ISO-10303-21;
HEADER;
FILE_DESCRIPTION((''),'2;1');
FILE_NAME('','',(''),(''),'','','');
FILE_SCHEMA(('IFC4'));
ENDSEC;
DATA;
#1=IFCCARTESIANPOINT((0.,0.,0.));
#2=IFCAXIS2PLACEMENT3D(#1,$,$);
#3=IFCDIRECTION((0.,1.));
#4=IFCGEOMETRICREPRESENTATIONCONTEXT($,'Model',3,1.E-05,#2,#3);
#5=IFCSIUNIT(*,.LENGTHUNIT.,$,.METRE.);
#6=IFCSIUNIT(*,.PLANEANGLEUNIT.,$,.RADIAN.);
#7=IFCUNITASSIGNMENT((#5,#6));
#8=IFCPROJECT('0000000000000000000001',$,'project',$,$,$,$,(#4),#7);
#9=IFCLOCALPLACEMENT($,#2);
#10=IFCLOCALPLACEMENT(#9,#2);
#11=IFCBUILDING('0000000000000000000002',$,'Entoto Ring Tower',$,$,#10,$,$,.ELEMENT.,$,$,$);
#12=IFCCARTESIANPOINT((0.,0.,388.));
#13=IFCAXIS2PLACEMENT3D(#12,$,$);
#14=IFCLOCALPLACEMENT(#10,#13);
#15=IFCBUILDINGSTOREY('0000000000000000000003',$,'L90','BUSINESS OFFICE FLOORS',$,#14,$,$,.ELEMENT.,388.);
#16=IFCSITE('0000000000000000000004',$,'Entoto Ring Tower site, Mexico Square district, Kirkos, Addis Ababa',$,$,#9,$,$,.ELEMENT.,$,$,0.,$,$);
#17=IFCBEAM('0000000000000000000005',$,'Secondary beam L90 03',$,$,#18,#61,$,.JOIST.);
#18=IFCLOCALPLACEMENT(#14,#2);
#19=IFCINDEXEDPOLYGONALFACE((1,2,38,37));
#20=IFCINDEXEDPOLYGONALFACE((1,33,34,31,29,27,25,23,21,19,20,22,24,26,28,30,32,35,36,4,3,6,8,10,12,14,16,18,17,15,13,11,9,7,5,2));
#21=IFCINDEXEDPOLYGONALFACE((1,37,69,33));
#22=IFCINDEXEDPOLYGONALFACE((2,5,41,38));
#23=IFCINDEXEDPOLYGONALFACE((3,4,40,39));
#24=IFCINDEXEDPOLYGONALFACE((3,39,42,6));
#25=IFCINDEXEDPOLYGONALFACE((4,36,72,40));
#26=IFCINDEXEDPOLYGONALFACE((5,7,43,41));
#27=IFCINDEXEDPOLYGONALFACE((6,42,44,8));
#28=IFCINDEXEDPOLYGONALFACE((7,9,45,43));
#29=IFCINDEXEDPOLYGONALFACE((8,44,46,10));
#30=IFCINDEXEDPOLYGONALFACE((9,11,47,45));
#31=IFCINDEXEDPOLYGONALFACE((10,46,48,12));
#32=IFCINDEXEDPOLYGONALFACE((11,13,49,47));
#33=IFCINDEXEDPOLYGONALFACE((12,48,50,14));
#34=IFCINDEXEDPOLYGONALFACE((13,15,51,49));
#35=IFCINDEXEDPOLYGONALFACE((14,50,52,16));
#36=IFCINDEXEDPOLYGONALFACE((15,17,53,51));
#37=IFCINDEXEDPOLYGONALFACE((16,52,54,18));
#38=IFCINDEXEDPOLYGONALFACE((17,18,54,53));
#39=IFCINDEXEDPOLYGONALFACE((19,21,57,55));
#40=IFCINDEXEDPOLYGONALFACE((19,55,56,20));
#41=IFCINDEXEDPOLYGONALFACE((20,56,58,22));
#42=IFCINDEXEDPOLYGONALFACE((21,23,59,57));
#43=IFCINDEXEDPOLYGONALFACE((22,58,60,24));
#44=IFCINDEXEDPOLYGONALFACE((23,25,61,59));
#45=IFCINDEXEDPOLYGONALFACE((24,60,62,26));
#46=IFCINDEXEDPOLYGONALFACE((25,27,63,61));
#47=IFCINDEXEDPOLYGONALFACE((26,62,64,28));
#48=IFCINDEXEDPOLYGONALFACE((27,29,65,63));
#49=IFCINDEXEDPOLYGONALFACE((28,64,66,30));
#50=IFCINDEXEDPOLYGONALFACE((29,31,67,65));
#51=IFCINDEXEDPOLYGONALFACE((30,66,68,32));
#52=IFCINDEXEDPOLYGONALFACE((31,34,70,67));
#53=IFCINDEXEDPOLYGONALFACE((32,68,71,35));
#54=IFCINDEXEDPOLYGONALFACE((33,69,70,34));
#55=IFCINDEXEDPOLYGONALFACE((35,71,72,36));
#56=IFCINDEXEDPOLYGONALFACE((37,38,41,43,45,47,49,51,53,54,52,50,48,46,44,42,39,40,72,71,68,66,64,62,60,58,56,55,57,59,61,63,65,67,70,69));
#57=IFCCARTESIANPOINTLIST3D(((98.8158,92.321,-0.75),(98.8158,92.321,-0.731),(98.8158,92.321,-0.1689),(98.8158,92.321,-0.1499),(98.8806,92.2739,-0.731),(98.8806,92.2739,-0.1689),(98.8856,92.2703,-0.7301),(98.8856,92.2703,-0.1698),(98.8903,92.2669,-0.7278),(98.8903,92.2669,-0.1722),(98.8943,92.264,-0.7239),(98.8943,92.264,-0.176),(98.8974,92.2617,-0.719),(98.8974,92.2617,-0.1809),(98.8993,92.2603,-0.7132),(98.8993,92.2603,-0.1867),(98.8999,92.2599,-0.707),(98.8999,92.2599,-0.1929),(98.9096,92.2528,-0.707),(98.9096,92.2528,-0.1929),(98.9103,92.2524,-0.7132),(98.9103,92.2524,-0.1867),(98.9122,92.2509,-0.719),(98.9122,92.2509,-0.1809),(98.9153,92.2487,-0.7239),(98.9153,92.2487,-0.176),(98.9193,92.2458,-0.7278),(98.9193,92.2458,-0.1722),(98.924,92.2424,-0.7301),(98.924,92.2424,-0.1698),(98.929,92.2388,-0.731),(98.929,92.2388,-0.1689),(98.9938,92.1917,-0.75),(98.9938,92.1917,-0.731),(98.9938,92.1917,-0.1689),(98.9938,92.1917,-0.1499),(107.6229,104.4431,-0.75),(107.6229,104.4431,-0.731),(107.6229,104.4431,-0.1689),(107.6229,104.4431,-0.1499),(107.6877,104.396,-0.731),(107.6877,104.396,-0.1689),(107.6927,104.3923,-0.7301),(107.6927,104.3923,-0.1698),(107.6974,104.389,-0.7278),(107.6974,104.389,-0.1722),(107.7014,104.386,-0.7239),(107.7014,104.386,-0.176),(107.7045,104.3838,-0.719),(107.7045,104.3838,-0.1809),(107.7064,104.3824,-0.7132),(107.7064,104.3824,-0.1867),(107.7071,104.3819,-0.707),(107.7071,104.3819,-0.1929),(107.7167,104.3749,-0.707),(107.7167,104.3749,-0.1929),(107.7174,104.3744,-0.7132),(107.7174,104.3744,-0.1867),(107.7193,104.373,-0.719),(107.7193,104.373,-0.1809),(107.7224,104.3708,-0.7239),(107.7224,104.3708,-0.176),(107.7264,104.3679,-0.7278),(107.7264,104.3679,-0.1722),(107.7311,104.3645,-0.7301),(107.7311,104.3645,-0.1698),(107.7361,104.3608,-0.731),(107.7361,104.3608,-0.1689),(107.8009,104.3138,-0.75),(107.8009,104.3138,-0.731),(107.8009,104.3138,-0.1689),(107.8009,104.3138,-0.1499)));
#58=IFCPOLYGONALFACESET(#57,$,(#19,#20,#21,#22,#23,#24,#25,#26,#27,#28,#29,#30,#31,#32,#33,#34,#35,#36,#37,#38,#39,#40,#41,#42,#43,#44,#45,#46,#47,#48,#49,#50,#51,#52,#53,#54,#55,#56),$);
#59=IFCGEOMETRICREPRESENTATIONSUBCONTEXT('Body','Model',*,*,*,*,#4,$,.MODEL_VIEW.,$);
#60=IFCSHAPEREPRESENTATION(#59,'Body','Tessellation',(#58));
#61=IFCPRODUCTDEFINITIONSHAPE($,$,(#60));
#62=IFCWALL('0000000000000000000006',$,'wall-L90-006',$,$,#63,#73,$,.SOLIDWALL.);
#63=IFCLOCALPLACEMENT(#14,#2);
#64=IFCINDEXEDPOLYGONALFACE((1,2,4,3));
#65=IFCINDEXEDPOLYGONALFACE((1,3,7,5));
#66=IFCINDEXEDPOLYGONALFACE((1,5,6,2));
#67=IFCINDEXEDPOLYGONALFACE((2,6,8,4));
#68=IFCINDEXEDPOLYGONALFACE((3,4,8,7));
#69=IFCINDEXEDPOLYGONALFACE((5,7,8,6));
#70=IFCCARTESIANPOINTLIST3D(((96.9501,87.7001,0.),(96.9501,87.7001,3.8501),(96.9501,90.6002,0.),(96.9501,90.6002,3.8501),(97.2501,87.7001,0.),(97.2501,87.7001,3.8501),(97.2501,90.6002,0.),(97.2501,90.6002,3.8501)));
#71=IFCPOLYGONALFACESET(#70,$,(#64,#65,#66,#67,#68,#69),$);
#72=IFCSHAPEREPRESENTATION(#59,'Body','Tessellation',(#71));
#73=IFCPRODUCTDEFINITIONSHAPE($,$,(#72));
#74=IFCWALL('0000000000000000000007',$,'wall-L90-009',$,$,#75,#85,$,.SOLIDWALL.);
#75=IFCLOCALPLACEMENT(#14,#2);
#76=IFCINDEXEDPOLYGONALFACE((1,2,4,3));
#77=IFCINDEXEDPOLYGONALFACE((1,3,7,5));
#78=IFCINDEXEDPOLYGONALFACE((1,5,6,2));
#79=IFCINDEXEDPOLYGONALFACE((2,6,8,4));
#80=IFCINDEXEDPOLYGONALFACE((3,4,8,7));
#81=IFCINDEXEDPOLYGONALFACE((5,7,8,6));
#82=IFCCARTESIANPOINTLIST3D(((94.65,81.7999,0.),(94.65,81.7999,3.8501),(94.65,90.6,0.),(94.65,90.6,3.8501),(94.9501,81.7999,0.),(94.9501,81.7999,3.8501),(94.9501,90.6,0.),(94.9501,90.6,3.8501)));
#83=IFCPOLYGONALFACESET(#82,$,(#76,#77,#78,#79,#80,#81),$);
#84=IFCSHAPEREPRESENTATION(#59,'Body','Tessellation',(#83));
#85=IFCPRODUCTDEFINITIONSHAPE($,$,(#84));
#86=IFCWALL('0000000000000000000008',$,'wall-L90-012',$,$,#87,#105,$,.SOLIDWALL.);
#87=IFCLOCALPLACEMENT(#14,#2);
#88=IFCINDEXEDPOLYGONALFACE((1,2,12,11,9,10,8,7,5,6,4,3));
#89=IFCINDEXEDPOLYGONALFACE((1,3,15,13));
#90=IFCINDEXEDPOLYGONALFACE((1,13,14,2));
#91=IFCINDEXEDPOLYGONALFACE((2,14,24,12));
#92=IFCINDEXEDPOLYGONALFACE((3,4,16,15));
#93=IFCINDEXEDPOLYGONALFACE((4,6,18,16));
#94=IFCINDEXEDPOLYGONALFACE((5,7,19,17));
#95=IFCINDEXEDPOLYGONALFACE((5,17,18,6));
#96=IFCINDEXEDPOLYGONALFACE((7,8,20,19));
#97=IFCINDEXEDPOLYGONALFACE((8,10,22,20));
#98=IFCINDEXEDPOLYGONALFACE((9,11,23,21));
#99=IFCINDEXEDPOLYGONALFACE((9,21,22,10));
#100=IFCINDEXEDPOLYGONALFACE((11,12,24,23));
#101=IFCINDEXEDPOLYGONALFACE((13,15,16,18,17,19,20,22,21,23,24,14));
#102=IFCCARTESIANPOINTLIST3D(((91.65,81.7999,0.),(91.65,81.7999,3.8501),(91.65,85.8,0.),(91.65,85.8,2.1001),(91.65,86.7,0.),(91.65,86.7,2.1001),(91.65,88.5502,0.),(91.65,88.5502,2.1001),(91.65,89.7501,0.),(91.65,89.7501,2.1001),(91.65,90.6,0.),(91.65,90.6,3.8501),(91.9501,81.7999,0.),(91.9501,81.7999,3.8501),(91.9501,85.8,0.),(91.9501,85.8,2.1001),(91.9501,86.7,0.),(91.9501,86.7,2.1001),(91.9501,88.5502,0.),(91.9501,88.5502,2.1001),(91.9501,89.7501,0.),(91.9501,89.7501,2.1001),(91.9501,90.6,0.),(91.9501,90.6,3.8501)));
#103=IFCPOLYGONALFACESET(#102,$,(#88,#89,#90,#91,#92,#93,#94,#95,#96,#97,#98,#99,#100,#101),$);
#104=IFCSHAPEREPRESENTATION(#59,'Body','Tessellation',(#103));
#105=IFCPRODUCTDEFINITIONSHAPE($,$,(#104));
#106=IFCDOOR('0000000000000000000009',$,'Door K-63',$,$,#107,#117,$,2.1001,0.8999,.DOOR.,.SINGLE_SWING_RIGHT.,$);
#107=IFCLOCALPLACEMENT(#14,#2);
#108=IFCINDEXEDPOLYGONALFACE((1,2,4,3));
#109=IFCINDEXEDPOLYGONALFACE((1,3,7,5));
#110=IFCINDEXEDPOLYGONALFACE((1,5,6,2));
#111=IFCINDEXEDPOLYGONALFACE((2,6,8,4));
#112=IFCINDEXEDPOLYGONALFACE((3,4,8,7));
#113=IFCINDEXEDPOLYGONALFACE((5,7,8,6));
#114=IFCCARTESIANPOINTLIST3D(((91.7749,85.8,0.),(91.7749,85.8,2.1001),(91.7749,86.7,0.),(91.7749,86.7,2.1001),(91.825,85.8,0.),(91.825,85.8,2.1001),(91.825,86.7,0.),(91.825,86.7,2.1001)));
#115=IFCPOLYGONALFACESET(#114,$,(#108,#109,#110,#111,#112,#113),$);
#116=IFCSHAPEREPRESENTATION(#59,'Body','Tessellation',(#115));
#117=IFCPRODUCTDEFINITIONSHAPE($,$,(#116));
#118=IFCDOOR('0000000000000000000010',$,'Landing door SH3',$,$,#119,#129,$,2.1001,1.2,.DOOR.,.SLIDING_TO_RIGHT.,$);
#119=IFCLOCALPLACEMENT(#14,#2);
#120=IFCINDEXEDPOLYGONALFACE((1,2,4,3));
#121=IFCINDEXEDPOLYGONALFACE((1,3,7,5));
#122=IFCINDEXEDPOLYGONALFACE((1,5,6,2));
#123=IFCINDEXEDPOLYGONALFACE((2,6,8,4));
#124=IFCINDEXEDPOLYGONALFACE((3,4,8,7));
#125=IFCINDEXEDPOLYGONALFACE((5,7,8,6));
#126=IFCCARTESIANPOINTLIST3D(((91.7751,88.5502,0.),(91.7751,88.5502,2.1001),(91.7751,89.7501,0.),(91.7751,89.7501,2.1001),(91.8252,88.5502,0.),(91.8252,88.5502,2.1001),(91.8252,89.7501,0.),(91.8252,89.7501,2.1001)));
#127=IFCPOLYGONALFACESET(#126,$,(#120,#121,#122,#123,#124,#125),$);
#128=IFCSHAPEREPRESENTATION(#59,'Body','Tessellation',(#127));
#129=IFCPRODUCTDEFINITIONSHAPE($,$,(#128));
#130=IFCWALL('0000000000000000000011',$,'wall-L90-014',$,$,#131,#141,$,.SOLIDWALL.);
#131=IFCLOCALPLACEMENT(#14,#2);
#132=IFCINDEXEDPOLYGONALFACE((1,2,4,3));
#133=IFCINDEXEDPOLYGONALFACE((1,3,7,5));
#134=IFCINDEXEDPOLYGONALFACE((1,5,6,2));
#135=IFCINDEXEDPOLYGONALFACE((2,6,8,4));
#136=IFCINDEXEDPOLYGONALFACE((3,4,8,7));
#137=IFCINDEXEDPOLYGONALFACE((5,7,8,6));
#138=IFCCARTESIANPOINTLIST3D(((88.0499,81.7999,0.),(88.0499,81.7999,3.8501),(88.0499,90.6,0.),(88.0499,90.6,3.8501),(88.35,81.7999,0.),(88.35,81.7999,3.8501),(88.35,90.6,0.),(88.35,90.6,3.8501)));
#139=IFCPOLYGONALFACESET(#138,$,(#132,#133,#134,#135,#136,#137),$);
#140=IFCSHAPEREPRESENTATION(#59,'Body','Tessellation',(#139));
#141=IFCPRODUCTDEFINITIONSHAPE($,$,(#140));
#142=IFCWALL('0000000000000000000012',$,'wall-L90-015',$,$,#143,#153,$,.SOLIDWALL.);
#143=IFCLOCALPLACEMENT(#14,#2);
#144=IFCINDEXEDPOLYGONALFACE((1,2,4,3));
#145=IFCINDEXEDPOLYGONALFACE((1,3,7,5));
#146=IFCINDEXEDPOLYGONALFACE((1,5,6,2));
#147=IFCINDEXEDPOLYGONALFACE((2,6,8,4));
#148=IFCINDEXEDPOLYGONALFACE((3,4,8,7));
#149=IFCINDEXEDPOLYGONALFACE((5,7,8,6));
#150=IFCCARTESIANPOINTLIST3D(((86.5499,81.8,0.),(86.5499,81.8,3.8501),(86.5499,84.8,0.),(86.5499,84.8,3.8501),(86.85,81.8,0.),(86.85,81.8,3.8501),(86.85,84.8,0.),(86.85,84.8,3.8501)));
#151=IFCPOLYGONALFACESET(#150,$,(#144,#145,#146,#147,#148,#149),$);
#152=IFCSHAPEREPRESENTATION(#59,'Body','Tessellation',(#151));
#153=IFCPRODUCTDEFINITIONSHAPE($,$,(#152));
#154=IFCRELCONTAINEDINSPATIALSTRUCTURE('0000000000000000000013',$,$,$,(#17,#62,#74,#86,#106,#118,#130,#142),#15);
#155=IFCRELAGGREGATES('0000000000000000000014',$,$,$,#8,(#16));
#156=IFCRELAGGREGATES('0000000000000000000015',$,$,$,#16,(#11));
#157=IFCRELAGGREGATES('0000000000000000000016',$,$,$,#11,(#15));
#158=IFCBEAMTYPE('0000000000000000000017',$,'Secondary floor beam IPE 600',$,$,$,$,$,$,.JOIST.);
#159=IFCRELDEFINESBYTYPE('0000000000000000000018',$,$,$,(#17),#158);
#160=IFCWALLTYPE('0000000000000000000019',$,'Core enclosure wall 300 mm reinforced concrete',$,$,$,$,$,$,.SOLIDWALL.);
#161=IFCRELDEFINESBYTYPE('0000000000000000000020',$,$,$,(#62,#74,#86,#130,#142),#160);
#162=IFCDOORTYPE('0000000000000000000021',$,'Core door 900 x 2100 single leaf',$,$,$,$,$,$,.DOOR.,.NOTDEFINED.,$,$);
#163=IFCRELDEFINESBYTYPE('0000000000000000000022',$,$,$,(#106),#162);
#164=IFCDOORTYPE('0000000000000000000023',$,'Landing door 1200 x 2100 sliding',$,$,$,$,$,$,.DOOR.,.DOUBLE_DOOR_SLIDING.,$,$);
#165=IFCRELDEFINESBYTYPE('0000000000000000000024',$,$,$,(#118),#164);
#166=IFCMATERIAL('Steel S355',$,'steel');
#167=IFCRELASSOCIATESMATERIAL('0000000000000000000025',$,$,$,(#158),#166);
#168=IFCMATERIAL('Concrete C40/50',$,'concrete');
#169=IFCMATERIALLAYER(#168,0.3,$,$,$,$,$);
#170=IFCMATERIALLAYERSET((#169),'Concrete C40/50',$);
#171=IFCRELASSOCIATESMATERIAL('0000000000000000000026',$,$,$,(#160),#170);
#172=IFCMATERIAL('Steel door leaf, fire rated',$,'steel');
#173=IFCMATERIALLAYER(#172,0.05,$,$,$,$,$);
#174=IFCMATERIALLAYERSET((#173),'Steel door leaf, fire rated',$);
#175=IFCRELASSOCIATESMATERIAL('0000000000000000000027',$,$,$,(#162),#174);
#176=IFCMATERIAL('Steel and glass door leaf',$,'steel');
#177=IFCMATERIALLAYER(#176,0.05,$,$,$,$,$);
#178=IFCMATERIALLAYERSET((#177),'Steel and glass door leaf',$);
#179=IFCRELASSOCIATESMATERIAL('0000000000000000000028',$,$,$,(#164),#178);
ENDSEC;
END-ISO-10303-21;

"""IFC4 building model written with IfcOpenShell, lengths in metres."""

from ifc_helpers import new_model, si_unit, direction, frame, frame_2d, origin, origin_2d, place, context, subcontext, project, spatial, rectangle, i_section, extrude, material, layer, layer_set, material_profile, profile_set, type_object, element, fill, save


model = new_model("IFC4")

# Units and contexts
model_context = context("Model", 3, precision=1e-05, world=origin(), true_north=direction((0.0, 1.0)))
body_context = subcontext(model_context, "Body", "Model", "MODEL_VIEW")
ifc_project = project(units=[si_unit("LENGTHUNIT", "METRE"), si_unit("PLANEANGLEUNIT", "RADIAN")], contexts=[model_context])

# Site, building, storey
site_placement = place(None, origin())
site = spatial("IfcSite", under=ifc_project, at=site_placement, Name="Entoto Ring Tower site, Mexico Square district, Kirkos, Addis Ababa", CompositionType="ELEMENT", RefElevation=0.0)
building_placement = place(site_placement, origin())
building = spatial("IfcBuilding", under=site, at=building_placement, Name="Entoto Ring Tower", CompositionType="ELEMENT")
storey_placement = place(building_placement, frame((0.0, 0.0, 388.0)))
storey = spatial("IfcBuildingStorey", under=building, at=storey_placement, Name="L90", Description="BUSINESS OFFICE FLOORS", CompositionType="ELEMENT", Elevation=388.0)

# Beam
ifc_material_1 = material(Name="Steel S355", Category="steel")
ifc_material_profile = material_profile(ifc_material_1, i_section(OverallWidth=0.22, OverallDepth=0.6001, WebThickness=0.012, FlangeThickness=0.019, FilletRadius=0.0239, at=origin_2d()), Name="IPE 600")
ifc_profile_set = profile_set([ifc_material_profile], Name="Steel S355")
beam_type = type_object("IfcBeamType", Name="Secondary floor beam IPE 600", PredefinedType="JOIST", material=ifc_profile_set)
beam_placement = place(storey_placement, frame((98.9048, 92.2563, -0.45), z_axis=(0.587782, 0.809019, 0.0), x_axis=(-0.809019, 0.587782, 0.0)))
element("IfcBeam", 1, at=beam_placement, inside=storey, type_object=beam_type, Name="Secondary beam L90 03", PredefinedType="JOIST", context=body_context, shape_type="SweptSolid", body=[
    extrude(i_section(OverallWidth=0.22, OverallDepth=0.6001, WebThickness=0.012, FlangeThickness=0.019, FilletRadius=0.0239, at=origin_2d()), origin(), (0.0, 0.0, 1.0), 14.9836),
])

# Walls
ifc_material_2 = material(Name="Concrete C40/50", Category="concrete")
ifc_layer_1 = layer(ifc_material_2, 0.3)
ifc_layer_set_1 = layer_set([ifc_layer_1], Name="Concrete C40/50")
wall_type_1 = type_object("IfcWallType", Name="Core enclosure wall 300 mm reinforced concrete", PredefinedType="SOLIDWALL", material=ifc_layer_set_1)
wall_1_placement = place(storey_placement, frame((97.1001, 87.7, 0.0), z_axis=(0.0, 0.0, 1.0), x_axis=(0.0, 1.0, 0.0)))
element("IfcWall", 2, at=wall_1_placement, inside=storey, type_object=wall_type_1, Name="wall-L90-006", PredefinedType="SOLIDWALL", context=body_context, shape_type="SweptSolid", body=[
    extrude(rectangle(XDim=2.9001, YDim=0.3, at=frame_2d((1.4502, 0.0))), origin(), (0.0, 0.0, 1.0), 3.8501),
])
wall_2_placement = place(storey_placement, frame((94.8, 81.8, 0.0), z_axis=(0.0, 0.0, 1.0), x_axis=(0.0, 1.0, 0.0)))
element("IfcWall", 3, at=wall_2_placement, inside=storey, type_object=wall_type_1, Name="wall-L90-009", PredefinedType="SOLIDWALL", context=body_context, shape_type="SweptSolid", body=[
    extrude(rectangle(XDim=8.8, YDim=0.3, at=frame_2d((4.3999, 0.0))), origin(), (0.0, 0.0, 1.0), 3.8501),
])

# Wall, openings, doors
wall_3_placement = place(storey_placement, frame((91.8, 81.8, 0.0), z_axis=(0.0, 0.0, 1.0), x_axis=(0.0, 1.0, 0.0)))
wall_3 = element("IfcWall", 4, at=wall_3_placement, inside=storey, type_object=wall_type_1, Name="wall-L90-012", PredefinedType="SOLIDWALL", context=body_context, shape_type="SweptSolid", body=[
    extrude(rectangle(XDim=8.8, YDim=0.3, at=frame_2d((4.3999, 0.0))), origin(), (0.0, 0.0, 1.0), 3.8501),
])
opening_1_placement = place(wall_3_placement, frame((6.75, 0.0, 0.0)))
opening_1 = element("IfcOpeningElement", 5, at=opening_1_placement, cuts=wall_3, PredefinedType="OPENING", context=body_context, shape_type="SweptSolid", body=[
    extrude(rectangle(XDim=1.2, YDim=2.1001, at=frame_2d((0.6001, 1.05))), frame((0.0, 0.1602, 0.0), z_axis=(0.0, -1.0, 0.0), x_axis=(1.0, 0.0, 0.0)), (0.0, 0.0, 1.0), 0.3201),
])
opening_2_placement = place(wall_3_placement, frame((4.0, 0.0, 0.0)))
opening_2 = element("IfcOpeningElement", 6, at=opening_2_placement, cuts=wall_3, PredefinedType="OPENING", context=body_context, shape_type="SweptSolid", body=[
    extrude(rectangle(XDim=0.8999, YDim=2.1001, at=frame_2d((0.45, 1.05))), frame((0.0, 0.1602, 0.0), z_axis=(0.0, -1.0, 0.0), x_axis=(1.0, 0.0, 0.0)), (0.0, 0.0, 1.0), 0.3201),
])
ifc_material_3 = material(Name="Steel door leaf, fire rated", Category="steel")
ifc_layer_2 = layer(ifc_material_3, 0.05)
ifc_layer_set_2 = layer_set([ifc_layer_2], Name="Steel door leaf, fire rated")
door_type_1 = type_object("IfcDoorType", Name="Core door 900 x 2100 single leaf", OperationType="NOTDEFINED", PredefinedType="DOOR", material=ifc_layer_set_2)
door_1_placement = place(opening_2_placement, frame((0.8999, 0.0, 0.0), z_axis=(0.0, 0.0, 1.0), x_axis=(-1.0, 0.0, 0.0)))
door_1 = element("IfcDoor", 7, at=door_1_placement, inside=storey, type_object=door_type_1, Name="Door K-63", OperationType="SINGLE_SWING_RIGHT", OverallHeight=2.1001, OverallWidth=0.8999, PredefinedType="DOOR", context=body_context, shape_type="SweptSolid", body=[
    extrude(rectangle(XDim=0.8999, YDim=2.1001, at=frame_2d((0.45, 1.05))), frame((0.0, 0.0249, 0.0), z_axis=(0.0, -1.0, 0.0), x_axis=(1.0, 0.0, 0.0)), (0.0, 0.0, 1.0), 0.05),
])
fill(opening_2, door_1)
ifc_material_4 = material(Name="Steel and glass door leaf", Category="steel")
ifc_layer_3 = layer(ifc_material_4, 0.05)
ifc_layer_set_3 = layer_set([ifc_layer_3], Name="Steel and glass door leaf")
door_type_2 = type_object("IfcDoorType", Name="Landing door 1200 x 2100 sliding", OperationType="DOUBLE_DOOR_SLIDING", PredefinedType="DOOR", material=ifc_layer_set_3)
door_2_placement = place(opening_1_placement, origin())
door_2 = element("IfcDoor", 8, at=door_2_placement, inside=storey, type_object=door_type_2, Name="Landing door SH3", OperationType="SLIDING_TO_RIGHT", OverallHeight=2.1001, OverallWidth=1.2, PredefinedType="DOOR", context=body_context, shape_type="SweptSolid", body=[
    extrude(rectangle(XDim=1.2, YDim=2.1001, at=frame_2d((0.6001, 1.05))), frame((0.0, 0.0249, 0.0), z_axis=(0.0, -1.0, 0.0), x_axis=(1.0, 0.0, 0.0)), (0.0, 0.0, 1.0), 0.05),
])
fill(opening_1, door_2)

# Walls
wall_4_placement = place(storey_placement, frame((88.2, 81.8, 0.0), z_axis=(0.0, 0.0, 1.0), x_axis=(0.0, 1.0, 0.0)))
element("IfcWall", 9, at=wall_4_placement, inside=storey, type_object=wall_type_1, Name="wall-L90-014", PredefinedType="SOLIDWALL", context=body_context, shape_type="SweptSolid", body=[
    extrude(rectangle(XDim=8.8, YDim=0.3, at=frame_2d((4.3999, 0.0))), origin(), (0.0, 0.0, 1.0), 3.8501),
])
wall_5_placement = place(storey_placement, frame((86.7, 81.8, 0.0), z_axis=(0.0, 0.0, 1.0), x_axis=(0.0, 1.0, 0.0)))
element("IfcWall", 10, at=wall_5_placement, inside=storey, type_object=wall_type_1, Name="wall-L90-015", PredefinedType="SOLIDWALL", context=body_context, shape_type="SweptSolid", body=[
    extrude(rectangle(XDim=3.0, YDim=0.3, at=frame_2d((1.5, 0.0))), origin(), (0.0, 0.0, 1.0), 3.8501),
])

save(model, "model.ifc")
